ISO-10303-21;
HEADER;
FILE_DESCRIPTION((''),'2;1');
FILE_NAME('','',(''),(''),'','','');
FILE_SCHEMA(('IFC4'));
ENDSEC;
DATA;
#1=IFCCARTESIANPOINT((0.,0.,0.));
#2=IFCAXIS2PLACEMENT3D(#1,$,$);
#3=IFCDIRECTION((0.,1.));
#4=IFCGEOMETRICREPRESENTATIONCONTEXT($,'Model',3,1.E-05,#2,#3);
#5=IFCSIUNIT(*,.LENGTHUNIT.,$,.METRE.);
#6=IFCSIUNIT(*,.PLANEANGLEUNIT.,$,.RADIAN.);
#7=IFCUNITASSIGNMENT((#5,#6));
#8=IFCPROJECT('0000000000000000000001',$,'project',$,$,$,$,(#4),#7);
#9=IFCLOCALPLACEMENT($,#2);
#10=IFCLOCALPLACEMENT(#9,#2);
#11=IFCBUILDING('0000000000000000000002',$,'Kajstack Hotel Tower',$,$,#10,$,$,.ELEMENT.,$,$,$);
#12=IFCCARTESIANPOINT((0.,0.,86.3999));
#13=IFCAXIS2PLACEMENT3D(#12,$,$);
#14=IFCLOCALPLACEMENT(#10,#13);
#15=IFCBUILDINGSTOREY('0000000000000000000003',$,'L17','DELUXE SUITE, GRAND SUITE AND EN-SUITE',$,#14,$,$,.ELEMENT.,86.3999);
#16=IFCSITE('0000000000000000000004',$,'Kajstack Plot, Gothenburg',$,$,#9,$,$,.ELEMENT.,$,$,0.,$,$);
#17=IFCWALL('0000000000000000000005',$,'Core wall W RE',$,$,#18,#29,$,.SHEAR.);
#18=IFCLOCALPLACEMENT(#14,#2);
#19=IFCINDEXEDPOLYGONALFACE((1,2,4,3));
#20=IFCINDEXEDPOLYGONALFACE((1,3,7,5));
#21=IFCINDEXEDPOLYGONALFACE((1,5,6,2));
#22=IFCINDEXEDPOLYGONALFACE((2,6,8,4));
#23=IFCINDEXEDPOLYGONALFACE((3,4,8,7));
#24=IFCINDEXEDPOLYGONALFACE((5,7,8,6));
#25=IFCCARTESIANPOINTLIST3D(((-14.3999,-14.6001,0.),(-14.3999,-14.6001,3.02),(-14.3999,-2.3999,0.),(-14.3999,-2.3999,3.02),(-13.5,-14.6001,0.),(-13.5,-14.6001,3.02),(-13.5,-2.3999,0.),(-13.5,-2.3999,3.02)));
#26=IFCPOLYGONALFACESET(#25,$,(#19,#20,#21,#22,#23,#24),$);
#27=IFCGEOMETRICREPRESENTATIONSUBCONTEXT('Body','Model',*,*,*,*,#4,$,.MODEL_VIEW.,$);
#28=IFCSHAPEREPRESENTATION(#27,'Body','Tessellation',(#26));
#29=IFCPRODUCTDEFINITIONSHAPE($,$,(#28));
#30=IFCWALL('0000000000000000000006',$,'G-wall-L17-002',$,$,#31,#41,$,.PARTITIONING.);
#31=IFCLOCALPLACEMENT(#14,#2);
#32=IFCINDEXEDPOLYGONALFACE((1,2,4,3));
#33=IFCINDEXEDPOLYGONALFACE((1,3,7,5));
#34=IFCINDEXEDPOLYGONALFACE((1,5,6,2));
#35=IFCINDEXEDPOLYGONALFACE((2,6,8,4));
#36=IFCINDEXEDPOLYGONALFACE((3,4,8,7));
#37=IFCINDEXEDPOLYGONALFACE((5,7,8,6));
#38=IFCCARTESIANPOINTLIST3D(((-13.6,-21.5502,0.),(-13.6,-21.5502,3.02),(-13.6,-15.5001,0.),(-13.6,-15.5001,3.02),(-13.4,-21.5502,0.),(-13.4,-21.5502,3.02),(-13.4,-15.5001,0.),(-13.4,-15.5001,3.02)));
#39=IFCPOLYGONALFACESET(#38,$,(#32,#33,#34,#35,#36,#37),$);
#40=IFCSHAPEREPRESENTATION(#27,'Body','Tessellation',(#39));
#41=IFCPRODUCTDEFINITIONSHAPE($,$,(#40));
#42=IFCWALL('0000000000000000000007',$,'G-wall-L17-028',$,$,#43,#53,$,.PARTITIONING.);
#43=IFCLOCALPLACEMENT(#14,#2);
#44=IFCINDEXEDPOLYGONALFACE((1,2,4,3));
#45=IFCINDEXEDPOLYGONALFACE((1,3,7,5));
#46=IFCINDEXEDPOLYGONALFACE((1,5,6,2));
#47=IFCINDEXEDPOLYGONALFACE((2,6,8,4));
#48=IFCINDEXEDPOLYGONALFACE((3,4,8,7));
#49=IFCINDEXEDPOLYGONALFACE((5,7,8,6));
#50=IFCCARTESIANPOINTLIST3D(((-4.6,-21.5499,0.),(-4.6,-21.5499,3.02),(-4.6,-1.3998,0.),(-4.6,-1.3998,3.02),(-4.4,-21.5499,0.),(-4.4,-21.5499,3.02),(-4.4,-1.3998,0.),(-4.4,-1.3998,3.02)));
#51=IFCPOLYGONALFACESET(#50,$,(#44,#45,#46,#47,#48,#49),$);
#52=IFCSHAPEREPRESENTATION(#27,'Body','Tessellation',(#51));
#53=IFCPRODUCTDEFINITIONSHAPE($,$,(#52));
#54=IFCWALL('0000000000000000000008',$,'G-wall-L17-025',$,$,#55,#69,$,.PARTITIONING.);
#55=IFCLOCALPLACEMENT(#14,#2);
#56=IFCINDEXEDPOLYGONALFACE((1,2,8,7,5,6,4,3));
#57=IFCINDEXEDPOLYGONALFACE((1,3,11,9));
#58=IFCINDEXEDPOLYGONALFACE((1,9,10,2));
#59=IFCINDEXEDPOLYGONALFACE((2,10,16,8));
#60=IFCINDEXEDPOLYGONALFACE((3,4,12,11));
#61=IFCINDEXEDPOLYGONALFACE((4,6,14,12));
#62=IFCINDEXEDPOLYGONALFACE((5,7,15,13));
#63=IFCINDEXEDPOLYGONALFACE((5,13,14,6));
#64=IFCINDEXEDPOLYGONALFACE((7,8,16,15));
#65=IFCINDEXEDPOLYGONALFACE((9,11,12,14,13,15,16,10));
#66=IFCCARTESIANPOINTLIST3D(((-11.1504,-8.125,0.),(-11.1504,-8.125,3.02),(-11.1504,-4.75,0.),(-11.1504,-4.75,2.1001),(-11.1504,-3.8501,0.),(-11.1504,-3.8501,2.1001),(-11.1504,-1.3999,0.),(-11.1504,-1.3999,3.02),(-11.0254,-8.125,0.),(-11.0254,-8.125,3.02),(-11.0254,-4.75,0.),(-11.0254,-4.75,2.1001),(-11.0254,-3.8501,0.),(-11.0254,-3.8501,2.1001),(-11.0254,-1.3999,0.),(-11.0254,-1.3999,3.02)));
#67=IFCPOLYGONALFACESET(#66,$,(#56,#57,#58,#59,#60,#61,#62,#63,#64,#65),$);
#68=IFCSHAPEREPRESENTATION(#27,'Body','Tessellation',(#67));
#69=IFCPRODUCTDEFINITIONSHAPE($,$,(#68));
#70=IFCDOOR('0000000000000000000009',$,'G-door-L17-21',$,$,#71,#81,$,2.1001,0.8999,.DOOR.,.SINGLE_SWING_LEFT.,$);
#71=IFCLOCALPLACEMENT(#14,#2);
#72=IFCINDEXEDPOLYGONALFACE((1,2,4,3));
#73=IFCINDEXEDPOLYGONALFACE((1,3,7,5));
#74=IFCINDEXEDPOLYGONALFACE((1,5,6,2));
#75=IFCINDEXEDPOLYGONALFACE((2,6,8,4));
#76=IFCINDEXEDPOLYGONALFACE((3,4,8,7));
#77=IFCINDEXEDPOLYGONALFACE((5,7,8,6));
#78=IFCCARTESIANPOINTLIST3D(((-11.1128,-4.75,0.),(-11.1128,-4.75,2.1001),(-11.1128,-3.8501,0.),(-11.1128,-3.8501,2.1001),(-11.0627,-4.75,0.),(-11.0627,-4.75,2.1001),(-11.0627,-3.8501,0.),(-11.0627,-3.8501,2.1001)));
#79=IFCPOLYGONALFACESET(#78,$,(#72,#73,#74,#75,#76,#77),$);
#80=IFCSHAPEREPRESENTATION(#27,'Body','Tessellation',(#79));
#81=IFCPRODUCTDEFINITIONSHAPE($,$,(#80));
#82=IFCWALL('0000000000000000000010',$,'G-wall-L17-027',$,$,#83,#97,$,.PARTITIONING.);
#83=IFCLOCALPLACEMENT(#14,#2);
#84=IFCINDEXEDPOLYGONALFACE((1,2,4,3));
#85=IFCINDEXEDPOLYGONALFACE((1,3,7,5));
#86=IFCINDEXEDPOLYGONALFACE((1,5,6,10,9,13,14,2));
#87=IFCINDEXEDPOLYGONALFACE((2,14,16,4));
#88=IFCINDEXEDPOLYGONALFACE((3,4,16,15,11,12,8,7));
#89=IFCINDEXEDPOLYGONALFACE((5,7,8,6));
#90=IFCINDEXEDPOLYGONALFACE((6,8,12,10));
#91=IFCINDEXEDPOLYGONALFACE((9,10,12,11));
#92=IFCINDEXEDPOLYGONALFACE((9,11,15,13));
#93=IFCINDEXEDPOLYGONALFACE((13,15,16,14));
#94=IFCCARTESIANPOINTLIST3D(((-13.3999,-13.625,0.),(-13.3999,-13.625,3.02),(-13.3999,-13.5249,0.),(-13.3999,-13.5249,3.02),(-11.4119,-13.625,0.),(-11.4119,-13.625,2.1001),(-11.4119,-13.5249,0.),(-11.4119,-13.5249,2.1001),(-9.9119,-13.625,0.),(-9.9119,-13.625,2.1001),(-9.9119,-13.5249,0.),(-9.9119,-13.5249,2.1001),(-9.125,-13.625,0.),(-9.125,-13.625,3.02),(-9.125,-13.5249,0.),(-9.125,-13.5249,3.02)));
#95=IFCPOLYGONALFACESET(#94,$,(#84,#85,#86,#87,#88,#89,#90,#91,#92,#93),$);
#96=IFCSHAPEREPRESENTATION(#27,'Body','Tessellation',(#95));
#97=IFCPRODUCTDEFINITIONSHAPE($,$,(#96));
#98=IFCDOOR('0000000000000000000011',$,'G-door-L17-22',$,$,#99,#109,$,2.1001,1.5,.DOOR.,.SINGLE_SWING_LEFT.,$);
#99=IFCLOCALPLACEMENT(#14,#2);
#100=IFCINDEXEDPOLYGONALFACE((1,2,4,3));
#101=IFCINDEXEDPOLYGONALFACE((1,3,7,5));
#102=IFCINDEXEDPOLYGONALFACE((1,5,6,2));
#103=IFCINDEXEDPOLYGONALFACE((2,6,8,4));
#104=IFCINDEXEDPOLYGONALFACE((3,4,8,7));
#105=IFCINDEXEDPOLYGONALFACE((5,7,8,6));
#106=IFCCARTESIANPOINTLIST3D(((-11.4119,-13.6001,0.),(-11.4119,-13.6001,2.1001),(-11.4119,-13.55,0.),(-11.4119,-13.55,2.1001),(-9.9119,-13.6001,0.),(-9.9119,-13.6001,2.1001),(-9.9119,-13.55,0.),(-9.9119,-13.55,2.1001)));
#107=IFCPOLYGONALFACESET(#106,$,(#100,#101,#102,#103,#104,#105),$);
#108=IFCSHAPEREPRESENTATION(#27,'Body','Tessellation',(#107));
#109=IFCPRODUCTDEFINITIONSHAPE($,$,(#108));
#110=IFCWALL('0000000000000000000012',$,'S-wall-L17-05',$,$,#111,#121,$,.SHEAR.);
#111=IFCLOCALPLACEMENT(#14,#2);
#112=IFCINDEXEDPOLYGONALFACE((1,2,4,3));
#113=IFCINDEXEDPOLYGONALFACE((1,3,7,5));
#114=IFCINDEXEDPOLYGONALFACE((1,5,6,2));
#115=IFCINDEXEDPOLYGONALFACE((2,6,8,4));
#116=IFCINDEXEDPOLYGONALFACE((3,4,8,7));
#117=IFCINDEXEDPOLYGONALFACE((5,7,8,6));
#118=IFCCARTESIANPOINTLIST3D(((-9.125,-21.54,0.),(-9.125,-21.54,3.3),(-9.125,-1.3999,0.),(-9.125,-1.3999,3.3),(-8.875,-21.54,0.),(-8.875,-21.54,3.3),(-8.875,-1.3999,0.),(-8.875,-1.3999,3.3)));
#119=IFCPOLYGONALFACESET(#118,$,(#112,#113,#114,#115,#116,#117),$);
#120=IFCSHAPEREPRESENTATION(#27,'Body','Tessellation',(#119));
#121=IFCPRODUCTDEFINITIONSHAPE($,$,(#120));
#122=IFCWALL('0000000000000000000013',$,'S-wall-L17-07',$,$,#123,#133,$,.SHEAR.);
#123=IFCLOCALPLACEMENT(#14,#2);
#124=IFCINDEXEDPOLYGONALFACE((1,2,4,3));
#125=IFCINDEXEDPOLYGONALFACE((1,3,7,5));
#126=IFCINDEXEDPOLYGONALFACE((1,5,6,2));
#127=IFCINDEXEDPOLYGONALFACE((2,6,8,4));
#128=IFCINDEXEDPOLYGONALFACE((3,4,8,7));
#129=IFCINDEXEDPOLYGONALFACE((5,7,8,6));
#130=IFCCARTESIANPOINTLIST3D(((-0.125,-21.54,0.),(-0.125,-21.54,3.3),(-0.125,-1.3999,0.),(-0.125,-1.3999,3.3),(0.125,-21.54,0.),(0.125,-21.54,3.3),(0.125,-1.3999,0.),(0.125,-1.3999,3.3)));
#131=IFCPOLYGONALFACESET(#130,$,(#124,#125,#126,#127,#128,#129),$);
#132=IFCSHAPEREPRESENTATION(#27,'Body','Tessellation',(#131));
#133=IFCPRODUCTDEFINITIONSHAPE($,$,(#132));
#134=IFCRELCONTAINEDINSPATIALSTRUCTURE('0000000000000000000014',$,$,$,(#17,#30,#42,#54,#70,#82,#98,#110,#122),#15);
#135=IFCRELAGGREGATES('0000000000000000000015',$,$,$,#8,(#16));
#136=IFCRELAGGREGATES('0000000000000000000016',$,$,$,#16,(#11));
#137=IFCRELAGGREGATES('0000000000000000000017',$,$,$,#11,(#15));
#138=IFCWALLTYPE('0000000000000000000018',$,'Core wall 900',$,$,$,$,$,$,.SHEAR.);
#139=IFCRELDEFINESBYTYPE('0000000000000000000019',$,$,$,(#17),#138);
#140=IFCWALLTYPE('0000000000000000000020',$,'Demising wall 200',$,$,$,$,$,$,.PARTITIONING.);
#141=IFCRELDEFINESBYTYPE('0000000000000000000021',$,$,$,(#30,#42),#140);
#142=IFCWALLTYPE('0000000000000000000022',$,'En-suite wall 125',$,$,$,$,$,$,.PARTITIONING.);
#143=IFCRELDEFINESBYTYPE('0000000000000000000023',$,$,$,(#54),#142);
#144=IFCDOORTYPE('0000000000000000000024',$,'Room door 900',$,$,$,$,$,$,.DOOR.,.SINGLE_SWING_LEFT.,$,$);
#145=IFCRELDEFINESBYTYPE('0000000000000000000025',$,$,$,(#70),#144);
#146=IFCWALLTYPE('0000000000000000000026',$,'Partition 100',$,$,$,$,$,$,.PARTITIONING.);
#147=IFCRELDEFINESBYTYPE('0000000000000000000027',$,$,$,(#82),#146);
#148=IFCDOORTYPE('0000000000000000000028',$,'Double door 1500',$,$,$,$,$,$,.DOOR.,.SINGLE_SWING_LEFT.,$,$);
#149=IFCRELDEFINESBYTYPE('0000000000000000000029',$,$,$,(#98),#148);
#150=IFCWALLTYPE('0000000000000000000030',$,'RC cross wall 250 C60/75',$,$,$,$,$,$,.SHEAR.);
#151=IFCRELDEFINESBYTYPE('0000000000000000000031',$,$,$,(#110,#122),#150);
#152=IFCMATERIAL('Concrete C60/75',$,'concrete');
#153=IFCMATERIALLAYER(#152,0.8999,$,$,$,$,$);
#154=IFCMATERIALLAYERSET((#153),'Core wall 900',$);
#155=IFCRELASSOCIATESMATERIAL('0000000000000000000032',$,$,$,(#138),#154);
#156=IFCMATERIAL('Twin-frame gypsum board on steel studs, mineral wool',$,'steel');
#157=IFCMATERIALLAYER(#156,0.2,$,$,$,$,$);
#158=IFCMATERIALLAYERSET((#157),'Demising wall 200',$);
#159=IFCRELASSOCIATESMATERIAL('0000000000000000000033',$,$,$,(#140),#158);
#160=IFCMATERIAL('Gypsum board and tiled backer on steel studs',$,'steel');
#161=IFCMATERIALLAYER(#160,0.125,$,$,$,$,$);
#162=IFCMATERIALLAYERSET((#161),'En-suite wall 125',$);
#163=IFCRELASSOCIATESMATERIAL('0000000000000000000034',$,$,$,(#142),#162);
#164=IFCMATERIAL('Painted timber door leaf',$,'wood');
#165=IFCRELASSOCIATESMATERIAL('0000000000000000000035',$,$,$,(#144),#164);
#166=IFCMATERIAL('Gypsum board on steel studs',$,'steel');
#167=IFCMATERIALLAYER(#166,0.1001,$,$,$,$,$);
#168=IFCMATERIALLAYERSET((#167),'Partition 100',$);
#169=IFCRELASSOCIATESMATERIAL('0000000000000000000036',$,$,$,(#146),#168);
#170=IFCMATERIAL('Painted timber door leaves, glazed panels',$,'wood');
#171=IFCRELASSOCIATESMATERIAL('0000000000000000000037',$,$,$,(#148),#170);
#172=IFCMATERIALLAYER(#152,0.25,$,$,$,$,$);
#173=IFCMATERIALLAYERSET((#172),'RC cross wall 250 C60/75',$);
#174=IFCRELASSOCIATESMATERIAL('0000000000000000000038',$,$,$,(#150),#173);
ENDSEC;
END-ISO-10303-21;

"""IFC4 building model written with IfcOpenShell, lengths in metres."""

from ifc_helpers import new_model, si_unit, direction, frame, frame_2d, origin, place, context, subcontext, project, spatial, rectangle, extrude, material, layer, layer_set, type_object, element, fill, save


model = new_model("IFC4")

# Units and contexts
model_context = context("Model", 3, precision=1e-05, world=origin(), true_north=direction((0.0, 1.0)))
body_context = subcontext(model_context, "Body", "Model", "MODEL_VIEW")
ifc_project = project(units=[si_unit("LENGTHUNIT", "METRE"), si_unit("PLANEANGLEUNIT", "RADIAN")], contexts=[model_context])

# Site, building, storey
site_placement = place(None, origin())
site = spatial("IfcSite", under=ifc_project, at=site_placement, Name="Kajstack Plot, Gothenburg", CompositionType="ELEMENT", RefElevation=0.0)
building_placement = place(site_placement, origin())
building = spatial("IfcBuilding", under=site, at=building_placement, Name="Kajstack Hotel Tower", CompositionType="ELEMENT")
storey_placement = place(building_placement, frame((0.0, 0.0, 86.3999)))
storey = spatial("IfcBuildingStorey", under=building, at=storey_placement, Name="L17", Description="DELUXE SUITE, GRAND SUITE AND EN-SUITE", CompositionType="ELEMENT", Elevation=86.3999)

# Walls
ifc_material_1 = material(Name="Concrete C60/75", Category="concrete")
ifc_layer_1 = layer(ifc_material_1, 0.8999)
ifc_layer_set_1 = layer_set([ifc_layer_1], Name="Core wall 900")
wall_type_1 = type_object("IfcWallType", Name="Core wall 900", PredefinedType="SHEAR", material=ifc_layer_set_1)
wall_1_placement = place(storey_placement, frame((-13.95, -14.6001, 0.0), z_axis=(0.0, 0.0, 1.0), x_axis=(0.0, 1.0, 0.0)))
element("IfcWall", 1, at=wall_1_placement, inside=storey, type_object=wall_type_1, Name="Core wall W RE", PredefinedType="SHEAR", context=body_context, shape_type="SweptSolid", body=[
    extrude(rectangle(XDim=12.2002, YDim=0.8999, at=frame_2d((6.1001, 0.0))), origin(), (0.0, 0.0, 1.0), 3.02),
])
ifc_material_2 = material(Name="Twin-frame gypsum board on steel studs, mineral wool", Category="steel")
ifc_layer_2 = layer(ifc_material_2, 0.2)
ifc_layer_set_2 = layer_set([ifc_layer_2], Name="Demising wall 200")
wall_type_2 = type_object("IfcWallType", Name="Demising wall 200", PredefinedType="PARTITIONING", material=ifc_layer_set_2)
wall_2_placement = place(storey_placement, frame((-13.5, -21.55, 0.0), z_axis=(0.0, 0.0, 1.0), x_axis=(0.0, 1.0, 0.0)))
element("IfcWall", 2, at=wall_2_placement, inside=storey, type_object=wall_type_2, Name="G-wall-L17-002", PredefinedType="PARTITIONING", context=body_context, shape_type="SweptSolid", body=[
    extrude(rectangle(XDim=6.05, YDim=0.2, at=frame_2d((3.0249, 0.0))), origin(), (0.0, 0.0, 1.0), 3.02),
])
wall_3_placement = place(storey_placement, frame((-4.5, -21.55, 0.0), z_axis=(0.0, 0.0, 1.0), x_axis=(0.0, 1.0, 0.0)))
element("IfcWall", 3, at=wall_3_placement, inside=storey, type_object=wall_type_2, Name="G-wall-L17-028", PredefinedType="PARTITIONING", context=body_context, shape_type="SweptSolid", body=[
    extrude(rectangle(XDim=20.1501, YDim=0.2, at=frame_2d((10.0752, 0.0))), origin(), (0.0, 0.0, 1.0), 3.02),
])

# Walls, openings, doors
ifc_material_3 = material(Name="Gypsum board and tiled backer on steel studs", Category="steel")
ifc_layer_3 = layer(ifc_material_3, 0.125)
ifc_layer_set_3 = layer_set([ifc_layer_3], Name="En-suite wall 125")
wall_type_3 = type_object("IfcWallType", Name="En-suite wall 125", PredefinedType="PARTITIONING", material=ifc_layer_set_3)
wall_4_placement = place(storey_placement, frame((-11.0879, -8.125, 0.0), z_axis=(0.0, 0.0, 1.0), x_axis=(0.0, 1.0, 0.0)))
wall_4 = element("IfcWall", 4, at=wall_4_placement, inside=storey, type_object=wall_type_3, Name="G-wall-L17-025", PredefinedType="PARTITIONING", context=body_context, shape_type="SweptSolid", body=[
    extrude(rectangle(XDim=6.7251, YDim=0.125, at=frame_2d((3.3625, 0.0))), origin(), (0.0, 0.0, 1.0), 3.02),
])
opening_1_placement = place(wall_4_placement, frame((3.375, 0.0, 0.0)))
opening_1 = element("IfcOpeningElement", 5, at=opening_1_placement, cuts=wall_4, PredefinedType="OPENING", context=body_context, shape_type="SweptSolid", body=[
    extrude(rectangle(XDim=0.8999, YDim=2.1001, at=frame_2d((0.45, 1.05))), frame((0.0, 0.0725, 0.0), z_axis=(0.0, -1.0, 0.0), x_axis=(1.0, 0.0, 0.0)), (0.0, 0.0, 1.0), 0.145),
])
ifc_material_4 = material(Name="Painted timber door leaf", Category="wood")
door_type_1 = type_object("IfcDoorType", Name="Room door 900", OperationType="SINGLE_SWING_LEFT", PredefinedType="DOOR", material=ifc_material_4)
door_1_placement = place(opening_1_placement, origin())
door_1 = element("IfcDoor", 6, at=door_1_placement, inside=storey, type_object=door_type_1, Name="G-door-L17-21", OperationType="SINGLE_SWING_LEFT", OverallHeight=2.1001, OverallWidth=0.8999, PredefinedType="DOOR", context=body_context, shape_type="SweptSolid", body=[
    extrude(rectangle(XDim=0.8999, YDim=2.1001, at=frame_2d((0.45, 1.05))), frame((0.0, 0.0249, 0.0), z_axis=(0.0, -1.0, 0.0), x_axis=(1.0, 0.0, 0.0)), (0.0, 0.0, 1.0), 0.05),
])
fill(opening_1, door_1)
ifc_material_5 = material(Name="Gypsum board on steel studs", Category="steel")
ifc_layer_4 = layer(ifc_material_5, 0.1001)
ifc_layer_set_4 = layer_set([ifc_layer_4], Name="Partition 100")
wall_type_4 = type_object("IfcWallType", Name="Partition 100", PredefinedType="PARTITIONING", material=ifc_layer_set_4)
wall_5_placement = place(storey_placement, frame((-13.3999, -13.575, 0.0), z_axis=(0.0, 0.0, 1.0), x_axis=(1.0, 0.0, 0.0)))
wall_5 = element("IfcWall", 7, at=wall_5_placement, inside=storey, type_object=wall_type_4, Name="G-wall-L17-027", PredefinedType="PARTITIONING", context=body_context, shape_type="SweptSolid", body=[
    extrude(rectangle(XDim=4.2749, YDim=0.1001, at=frame_2d((2.1375, 0.0))), origin(), (0.0, 0.0, 1.0), 3.02),
])
opening_2_placement = place(wall_5_placement, frame((1.988, 0.0, 0.0)))
opening_2 = element("IfcOpeningElement", 8, at=opening_2_placement, cuts=wall_5, PredefinedType="OPENING", context=body_context, shape_type="SweptSolid", body=[
    extrude(rectangle(XDim=1.5, YDim=2.1001, at=frame_2d((0.75, 1.05))), frame((0.0, 0.0601, 0.0), z_axis=(0.0, -1.0, 0.0), x_axis=(1.0, 0.0, 0.0)), (0.0, 0.0, 1.0), 0.1201),
])
ifc_material_6 = material(Name="Painted timber door leaves, glazed panels", Category="wood")
door_type_2 = type_object("IfcDoorType", Name="Double door 1500", OperationType="SINGLE_SWING_LEFT", PredefinedType="DOOR", material=ifc_material_6)
door_2_placement = place(opening_2_placement, origin())
door_2 = element("IfcDoor", 9, at=door_2_placement, inside=storey, type_object=door_type_2, Name="G-door-L17-22", OperationType="SINGLE_SWING_LEFT", OverallHeight=2.1001, OverallWidth=1.5, PredefinedType="DOOR", context=body_context, shape_type="SweptSolid", body=[
    extrude(rectangle(XDim=1.5, YDim=2.1001, at=frame_2d((0.75, 1.05))), frame((0.0, 0.0249, 0.0), z_axis=(0.0, -1.0, 0.0), x_axis=(1.0, 0.0, 0.0)), (0.0, 0.0, 1.0), 0.05),
])
fill(opening_2, door_2)

# Walls
ifc_layer_5 = layer(ifc_material_1, 0.25)
ifc_layer_set_5 = layer_set([ifc_layer_5], Name="RC cross wall 250 C60/75")
wall_type_5 = type_object("IfcWallType", Name="RC cross wall 250 C60/75", PredefinedType="SHEAR", material=ifc_layer_set_5)
for number, where, z_axis, x_axis, name in (
    (10, (-9.0, -21.54, 0.0), (0.0, 0.0, 1.0), (0.0, 1.0, 0.0), "S-wall-L17-05"),
    (11, (0.0, -21.54, 0.0), (0.0, 0.0, 1.0), (0.0, 1.0, 0.0), "S-wall-L17-07"),
):
    element("IfcWall", number, at=place(storey_placement, frame(where, z_axis=z_axis, x_axis=x_axis)), inside=storey, type_object=wall_type_5, Name=name, PredefinedType="SHEAR", context=body_context, shape_type="SweptSolid", body=[
        extrude(rectangle(XDim=20.1401, YDim=0.25, at=frame_2d((10.0701, 0.0))), origin(), (0.0, 0.0, 1.0), 3.3),
    ])

save(model, "model.ifc")
